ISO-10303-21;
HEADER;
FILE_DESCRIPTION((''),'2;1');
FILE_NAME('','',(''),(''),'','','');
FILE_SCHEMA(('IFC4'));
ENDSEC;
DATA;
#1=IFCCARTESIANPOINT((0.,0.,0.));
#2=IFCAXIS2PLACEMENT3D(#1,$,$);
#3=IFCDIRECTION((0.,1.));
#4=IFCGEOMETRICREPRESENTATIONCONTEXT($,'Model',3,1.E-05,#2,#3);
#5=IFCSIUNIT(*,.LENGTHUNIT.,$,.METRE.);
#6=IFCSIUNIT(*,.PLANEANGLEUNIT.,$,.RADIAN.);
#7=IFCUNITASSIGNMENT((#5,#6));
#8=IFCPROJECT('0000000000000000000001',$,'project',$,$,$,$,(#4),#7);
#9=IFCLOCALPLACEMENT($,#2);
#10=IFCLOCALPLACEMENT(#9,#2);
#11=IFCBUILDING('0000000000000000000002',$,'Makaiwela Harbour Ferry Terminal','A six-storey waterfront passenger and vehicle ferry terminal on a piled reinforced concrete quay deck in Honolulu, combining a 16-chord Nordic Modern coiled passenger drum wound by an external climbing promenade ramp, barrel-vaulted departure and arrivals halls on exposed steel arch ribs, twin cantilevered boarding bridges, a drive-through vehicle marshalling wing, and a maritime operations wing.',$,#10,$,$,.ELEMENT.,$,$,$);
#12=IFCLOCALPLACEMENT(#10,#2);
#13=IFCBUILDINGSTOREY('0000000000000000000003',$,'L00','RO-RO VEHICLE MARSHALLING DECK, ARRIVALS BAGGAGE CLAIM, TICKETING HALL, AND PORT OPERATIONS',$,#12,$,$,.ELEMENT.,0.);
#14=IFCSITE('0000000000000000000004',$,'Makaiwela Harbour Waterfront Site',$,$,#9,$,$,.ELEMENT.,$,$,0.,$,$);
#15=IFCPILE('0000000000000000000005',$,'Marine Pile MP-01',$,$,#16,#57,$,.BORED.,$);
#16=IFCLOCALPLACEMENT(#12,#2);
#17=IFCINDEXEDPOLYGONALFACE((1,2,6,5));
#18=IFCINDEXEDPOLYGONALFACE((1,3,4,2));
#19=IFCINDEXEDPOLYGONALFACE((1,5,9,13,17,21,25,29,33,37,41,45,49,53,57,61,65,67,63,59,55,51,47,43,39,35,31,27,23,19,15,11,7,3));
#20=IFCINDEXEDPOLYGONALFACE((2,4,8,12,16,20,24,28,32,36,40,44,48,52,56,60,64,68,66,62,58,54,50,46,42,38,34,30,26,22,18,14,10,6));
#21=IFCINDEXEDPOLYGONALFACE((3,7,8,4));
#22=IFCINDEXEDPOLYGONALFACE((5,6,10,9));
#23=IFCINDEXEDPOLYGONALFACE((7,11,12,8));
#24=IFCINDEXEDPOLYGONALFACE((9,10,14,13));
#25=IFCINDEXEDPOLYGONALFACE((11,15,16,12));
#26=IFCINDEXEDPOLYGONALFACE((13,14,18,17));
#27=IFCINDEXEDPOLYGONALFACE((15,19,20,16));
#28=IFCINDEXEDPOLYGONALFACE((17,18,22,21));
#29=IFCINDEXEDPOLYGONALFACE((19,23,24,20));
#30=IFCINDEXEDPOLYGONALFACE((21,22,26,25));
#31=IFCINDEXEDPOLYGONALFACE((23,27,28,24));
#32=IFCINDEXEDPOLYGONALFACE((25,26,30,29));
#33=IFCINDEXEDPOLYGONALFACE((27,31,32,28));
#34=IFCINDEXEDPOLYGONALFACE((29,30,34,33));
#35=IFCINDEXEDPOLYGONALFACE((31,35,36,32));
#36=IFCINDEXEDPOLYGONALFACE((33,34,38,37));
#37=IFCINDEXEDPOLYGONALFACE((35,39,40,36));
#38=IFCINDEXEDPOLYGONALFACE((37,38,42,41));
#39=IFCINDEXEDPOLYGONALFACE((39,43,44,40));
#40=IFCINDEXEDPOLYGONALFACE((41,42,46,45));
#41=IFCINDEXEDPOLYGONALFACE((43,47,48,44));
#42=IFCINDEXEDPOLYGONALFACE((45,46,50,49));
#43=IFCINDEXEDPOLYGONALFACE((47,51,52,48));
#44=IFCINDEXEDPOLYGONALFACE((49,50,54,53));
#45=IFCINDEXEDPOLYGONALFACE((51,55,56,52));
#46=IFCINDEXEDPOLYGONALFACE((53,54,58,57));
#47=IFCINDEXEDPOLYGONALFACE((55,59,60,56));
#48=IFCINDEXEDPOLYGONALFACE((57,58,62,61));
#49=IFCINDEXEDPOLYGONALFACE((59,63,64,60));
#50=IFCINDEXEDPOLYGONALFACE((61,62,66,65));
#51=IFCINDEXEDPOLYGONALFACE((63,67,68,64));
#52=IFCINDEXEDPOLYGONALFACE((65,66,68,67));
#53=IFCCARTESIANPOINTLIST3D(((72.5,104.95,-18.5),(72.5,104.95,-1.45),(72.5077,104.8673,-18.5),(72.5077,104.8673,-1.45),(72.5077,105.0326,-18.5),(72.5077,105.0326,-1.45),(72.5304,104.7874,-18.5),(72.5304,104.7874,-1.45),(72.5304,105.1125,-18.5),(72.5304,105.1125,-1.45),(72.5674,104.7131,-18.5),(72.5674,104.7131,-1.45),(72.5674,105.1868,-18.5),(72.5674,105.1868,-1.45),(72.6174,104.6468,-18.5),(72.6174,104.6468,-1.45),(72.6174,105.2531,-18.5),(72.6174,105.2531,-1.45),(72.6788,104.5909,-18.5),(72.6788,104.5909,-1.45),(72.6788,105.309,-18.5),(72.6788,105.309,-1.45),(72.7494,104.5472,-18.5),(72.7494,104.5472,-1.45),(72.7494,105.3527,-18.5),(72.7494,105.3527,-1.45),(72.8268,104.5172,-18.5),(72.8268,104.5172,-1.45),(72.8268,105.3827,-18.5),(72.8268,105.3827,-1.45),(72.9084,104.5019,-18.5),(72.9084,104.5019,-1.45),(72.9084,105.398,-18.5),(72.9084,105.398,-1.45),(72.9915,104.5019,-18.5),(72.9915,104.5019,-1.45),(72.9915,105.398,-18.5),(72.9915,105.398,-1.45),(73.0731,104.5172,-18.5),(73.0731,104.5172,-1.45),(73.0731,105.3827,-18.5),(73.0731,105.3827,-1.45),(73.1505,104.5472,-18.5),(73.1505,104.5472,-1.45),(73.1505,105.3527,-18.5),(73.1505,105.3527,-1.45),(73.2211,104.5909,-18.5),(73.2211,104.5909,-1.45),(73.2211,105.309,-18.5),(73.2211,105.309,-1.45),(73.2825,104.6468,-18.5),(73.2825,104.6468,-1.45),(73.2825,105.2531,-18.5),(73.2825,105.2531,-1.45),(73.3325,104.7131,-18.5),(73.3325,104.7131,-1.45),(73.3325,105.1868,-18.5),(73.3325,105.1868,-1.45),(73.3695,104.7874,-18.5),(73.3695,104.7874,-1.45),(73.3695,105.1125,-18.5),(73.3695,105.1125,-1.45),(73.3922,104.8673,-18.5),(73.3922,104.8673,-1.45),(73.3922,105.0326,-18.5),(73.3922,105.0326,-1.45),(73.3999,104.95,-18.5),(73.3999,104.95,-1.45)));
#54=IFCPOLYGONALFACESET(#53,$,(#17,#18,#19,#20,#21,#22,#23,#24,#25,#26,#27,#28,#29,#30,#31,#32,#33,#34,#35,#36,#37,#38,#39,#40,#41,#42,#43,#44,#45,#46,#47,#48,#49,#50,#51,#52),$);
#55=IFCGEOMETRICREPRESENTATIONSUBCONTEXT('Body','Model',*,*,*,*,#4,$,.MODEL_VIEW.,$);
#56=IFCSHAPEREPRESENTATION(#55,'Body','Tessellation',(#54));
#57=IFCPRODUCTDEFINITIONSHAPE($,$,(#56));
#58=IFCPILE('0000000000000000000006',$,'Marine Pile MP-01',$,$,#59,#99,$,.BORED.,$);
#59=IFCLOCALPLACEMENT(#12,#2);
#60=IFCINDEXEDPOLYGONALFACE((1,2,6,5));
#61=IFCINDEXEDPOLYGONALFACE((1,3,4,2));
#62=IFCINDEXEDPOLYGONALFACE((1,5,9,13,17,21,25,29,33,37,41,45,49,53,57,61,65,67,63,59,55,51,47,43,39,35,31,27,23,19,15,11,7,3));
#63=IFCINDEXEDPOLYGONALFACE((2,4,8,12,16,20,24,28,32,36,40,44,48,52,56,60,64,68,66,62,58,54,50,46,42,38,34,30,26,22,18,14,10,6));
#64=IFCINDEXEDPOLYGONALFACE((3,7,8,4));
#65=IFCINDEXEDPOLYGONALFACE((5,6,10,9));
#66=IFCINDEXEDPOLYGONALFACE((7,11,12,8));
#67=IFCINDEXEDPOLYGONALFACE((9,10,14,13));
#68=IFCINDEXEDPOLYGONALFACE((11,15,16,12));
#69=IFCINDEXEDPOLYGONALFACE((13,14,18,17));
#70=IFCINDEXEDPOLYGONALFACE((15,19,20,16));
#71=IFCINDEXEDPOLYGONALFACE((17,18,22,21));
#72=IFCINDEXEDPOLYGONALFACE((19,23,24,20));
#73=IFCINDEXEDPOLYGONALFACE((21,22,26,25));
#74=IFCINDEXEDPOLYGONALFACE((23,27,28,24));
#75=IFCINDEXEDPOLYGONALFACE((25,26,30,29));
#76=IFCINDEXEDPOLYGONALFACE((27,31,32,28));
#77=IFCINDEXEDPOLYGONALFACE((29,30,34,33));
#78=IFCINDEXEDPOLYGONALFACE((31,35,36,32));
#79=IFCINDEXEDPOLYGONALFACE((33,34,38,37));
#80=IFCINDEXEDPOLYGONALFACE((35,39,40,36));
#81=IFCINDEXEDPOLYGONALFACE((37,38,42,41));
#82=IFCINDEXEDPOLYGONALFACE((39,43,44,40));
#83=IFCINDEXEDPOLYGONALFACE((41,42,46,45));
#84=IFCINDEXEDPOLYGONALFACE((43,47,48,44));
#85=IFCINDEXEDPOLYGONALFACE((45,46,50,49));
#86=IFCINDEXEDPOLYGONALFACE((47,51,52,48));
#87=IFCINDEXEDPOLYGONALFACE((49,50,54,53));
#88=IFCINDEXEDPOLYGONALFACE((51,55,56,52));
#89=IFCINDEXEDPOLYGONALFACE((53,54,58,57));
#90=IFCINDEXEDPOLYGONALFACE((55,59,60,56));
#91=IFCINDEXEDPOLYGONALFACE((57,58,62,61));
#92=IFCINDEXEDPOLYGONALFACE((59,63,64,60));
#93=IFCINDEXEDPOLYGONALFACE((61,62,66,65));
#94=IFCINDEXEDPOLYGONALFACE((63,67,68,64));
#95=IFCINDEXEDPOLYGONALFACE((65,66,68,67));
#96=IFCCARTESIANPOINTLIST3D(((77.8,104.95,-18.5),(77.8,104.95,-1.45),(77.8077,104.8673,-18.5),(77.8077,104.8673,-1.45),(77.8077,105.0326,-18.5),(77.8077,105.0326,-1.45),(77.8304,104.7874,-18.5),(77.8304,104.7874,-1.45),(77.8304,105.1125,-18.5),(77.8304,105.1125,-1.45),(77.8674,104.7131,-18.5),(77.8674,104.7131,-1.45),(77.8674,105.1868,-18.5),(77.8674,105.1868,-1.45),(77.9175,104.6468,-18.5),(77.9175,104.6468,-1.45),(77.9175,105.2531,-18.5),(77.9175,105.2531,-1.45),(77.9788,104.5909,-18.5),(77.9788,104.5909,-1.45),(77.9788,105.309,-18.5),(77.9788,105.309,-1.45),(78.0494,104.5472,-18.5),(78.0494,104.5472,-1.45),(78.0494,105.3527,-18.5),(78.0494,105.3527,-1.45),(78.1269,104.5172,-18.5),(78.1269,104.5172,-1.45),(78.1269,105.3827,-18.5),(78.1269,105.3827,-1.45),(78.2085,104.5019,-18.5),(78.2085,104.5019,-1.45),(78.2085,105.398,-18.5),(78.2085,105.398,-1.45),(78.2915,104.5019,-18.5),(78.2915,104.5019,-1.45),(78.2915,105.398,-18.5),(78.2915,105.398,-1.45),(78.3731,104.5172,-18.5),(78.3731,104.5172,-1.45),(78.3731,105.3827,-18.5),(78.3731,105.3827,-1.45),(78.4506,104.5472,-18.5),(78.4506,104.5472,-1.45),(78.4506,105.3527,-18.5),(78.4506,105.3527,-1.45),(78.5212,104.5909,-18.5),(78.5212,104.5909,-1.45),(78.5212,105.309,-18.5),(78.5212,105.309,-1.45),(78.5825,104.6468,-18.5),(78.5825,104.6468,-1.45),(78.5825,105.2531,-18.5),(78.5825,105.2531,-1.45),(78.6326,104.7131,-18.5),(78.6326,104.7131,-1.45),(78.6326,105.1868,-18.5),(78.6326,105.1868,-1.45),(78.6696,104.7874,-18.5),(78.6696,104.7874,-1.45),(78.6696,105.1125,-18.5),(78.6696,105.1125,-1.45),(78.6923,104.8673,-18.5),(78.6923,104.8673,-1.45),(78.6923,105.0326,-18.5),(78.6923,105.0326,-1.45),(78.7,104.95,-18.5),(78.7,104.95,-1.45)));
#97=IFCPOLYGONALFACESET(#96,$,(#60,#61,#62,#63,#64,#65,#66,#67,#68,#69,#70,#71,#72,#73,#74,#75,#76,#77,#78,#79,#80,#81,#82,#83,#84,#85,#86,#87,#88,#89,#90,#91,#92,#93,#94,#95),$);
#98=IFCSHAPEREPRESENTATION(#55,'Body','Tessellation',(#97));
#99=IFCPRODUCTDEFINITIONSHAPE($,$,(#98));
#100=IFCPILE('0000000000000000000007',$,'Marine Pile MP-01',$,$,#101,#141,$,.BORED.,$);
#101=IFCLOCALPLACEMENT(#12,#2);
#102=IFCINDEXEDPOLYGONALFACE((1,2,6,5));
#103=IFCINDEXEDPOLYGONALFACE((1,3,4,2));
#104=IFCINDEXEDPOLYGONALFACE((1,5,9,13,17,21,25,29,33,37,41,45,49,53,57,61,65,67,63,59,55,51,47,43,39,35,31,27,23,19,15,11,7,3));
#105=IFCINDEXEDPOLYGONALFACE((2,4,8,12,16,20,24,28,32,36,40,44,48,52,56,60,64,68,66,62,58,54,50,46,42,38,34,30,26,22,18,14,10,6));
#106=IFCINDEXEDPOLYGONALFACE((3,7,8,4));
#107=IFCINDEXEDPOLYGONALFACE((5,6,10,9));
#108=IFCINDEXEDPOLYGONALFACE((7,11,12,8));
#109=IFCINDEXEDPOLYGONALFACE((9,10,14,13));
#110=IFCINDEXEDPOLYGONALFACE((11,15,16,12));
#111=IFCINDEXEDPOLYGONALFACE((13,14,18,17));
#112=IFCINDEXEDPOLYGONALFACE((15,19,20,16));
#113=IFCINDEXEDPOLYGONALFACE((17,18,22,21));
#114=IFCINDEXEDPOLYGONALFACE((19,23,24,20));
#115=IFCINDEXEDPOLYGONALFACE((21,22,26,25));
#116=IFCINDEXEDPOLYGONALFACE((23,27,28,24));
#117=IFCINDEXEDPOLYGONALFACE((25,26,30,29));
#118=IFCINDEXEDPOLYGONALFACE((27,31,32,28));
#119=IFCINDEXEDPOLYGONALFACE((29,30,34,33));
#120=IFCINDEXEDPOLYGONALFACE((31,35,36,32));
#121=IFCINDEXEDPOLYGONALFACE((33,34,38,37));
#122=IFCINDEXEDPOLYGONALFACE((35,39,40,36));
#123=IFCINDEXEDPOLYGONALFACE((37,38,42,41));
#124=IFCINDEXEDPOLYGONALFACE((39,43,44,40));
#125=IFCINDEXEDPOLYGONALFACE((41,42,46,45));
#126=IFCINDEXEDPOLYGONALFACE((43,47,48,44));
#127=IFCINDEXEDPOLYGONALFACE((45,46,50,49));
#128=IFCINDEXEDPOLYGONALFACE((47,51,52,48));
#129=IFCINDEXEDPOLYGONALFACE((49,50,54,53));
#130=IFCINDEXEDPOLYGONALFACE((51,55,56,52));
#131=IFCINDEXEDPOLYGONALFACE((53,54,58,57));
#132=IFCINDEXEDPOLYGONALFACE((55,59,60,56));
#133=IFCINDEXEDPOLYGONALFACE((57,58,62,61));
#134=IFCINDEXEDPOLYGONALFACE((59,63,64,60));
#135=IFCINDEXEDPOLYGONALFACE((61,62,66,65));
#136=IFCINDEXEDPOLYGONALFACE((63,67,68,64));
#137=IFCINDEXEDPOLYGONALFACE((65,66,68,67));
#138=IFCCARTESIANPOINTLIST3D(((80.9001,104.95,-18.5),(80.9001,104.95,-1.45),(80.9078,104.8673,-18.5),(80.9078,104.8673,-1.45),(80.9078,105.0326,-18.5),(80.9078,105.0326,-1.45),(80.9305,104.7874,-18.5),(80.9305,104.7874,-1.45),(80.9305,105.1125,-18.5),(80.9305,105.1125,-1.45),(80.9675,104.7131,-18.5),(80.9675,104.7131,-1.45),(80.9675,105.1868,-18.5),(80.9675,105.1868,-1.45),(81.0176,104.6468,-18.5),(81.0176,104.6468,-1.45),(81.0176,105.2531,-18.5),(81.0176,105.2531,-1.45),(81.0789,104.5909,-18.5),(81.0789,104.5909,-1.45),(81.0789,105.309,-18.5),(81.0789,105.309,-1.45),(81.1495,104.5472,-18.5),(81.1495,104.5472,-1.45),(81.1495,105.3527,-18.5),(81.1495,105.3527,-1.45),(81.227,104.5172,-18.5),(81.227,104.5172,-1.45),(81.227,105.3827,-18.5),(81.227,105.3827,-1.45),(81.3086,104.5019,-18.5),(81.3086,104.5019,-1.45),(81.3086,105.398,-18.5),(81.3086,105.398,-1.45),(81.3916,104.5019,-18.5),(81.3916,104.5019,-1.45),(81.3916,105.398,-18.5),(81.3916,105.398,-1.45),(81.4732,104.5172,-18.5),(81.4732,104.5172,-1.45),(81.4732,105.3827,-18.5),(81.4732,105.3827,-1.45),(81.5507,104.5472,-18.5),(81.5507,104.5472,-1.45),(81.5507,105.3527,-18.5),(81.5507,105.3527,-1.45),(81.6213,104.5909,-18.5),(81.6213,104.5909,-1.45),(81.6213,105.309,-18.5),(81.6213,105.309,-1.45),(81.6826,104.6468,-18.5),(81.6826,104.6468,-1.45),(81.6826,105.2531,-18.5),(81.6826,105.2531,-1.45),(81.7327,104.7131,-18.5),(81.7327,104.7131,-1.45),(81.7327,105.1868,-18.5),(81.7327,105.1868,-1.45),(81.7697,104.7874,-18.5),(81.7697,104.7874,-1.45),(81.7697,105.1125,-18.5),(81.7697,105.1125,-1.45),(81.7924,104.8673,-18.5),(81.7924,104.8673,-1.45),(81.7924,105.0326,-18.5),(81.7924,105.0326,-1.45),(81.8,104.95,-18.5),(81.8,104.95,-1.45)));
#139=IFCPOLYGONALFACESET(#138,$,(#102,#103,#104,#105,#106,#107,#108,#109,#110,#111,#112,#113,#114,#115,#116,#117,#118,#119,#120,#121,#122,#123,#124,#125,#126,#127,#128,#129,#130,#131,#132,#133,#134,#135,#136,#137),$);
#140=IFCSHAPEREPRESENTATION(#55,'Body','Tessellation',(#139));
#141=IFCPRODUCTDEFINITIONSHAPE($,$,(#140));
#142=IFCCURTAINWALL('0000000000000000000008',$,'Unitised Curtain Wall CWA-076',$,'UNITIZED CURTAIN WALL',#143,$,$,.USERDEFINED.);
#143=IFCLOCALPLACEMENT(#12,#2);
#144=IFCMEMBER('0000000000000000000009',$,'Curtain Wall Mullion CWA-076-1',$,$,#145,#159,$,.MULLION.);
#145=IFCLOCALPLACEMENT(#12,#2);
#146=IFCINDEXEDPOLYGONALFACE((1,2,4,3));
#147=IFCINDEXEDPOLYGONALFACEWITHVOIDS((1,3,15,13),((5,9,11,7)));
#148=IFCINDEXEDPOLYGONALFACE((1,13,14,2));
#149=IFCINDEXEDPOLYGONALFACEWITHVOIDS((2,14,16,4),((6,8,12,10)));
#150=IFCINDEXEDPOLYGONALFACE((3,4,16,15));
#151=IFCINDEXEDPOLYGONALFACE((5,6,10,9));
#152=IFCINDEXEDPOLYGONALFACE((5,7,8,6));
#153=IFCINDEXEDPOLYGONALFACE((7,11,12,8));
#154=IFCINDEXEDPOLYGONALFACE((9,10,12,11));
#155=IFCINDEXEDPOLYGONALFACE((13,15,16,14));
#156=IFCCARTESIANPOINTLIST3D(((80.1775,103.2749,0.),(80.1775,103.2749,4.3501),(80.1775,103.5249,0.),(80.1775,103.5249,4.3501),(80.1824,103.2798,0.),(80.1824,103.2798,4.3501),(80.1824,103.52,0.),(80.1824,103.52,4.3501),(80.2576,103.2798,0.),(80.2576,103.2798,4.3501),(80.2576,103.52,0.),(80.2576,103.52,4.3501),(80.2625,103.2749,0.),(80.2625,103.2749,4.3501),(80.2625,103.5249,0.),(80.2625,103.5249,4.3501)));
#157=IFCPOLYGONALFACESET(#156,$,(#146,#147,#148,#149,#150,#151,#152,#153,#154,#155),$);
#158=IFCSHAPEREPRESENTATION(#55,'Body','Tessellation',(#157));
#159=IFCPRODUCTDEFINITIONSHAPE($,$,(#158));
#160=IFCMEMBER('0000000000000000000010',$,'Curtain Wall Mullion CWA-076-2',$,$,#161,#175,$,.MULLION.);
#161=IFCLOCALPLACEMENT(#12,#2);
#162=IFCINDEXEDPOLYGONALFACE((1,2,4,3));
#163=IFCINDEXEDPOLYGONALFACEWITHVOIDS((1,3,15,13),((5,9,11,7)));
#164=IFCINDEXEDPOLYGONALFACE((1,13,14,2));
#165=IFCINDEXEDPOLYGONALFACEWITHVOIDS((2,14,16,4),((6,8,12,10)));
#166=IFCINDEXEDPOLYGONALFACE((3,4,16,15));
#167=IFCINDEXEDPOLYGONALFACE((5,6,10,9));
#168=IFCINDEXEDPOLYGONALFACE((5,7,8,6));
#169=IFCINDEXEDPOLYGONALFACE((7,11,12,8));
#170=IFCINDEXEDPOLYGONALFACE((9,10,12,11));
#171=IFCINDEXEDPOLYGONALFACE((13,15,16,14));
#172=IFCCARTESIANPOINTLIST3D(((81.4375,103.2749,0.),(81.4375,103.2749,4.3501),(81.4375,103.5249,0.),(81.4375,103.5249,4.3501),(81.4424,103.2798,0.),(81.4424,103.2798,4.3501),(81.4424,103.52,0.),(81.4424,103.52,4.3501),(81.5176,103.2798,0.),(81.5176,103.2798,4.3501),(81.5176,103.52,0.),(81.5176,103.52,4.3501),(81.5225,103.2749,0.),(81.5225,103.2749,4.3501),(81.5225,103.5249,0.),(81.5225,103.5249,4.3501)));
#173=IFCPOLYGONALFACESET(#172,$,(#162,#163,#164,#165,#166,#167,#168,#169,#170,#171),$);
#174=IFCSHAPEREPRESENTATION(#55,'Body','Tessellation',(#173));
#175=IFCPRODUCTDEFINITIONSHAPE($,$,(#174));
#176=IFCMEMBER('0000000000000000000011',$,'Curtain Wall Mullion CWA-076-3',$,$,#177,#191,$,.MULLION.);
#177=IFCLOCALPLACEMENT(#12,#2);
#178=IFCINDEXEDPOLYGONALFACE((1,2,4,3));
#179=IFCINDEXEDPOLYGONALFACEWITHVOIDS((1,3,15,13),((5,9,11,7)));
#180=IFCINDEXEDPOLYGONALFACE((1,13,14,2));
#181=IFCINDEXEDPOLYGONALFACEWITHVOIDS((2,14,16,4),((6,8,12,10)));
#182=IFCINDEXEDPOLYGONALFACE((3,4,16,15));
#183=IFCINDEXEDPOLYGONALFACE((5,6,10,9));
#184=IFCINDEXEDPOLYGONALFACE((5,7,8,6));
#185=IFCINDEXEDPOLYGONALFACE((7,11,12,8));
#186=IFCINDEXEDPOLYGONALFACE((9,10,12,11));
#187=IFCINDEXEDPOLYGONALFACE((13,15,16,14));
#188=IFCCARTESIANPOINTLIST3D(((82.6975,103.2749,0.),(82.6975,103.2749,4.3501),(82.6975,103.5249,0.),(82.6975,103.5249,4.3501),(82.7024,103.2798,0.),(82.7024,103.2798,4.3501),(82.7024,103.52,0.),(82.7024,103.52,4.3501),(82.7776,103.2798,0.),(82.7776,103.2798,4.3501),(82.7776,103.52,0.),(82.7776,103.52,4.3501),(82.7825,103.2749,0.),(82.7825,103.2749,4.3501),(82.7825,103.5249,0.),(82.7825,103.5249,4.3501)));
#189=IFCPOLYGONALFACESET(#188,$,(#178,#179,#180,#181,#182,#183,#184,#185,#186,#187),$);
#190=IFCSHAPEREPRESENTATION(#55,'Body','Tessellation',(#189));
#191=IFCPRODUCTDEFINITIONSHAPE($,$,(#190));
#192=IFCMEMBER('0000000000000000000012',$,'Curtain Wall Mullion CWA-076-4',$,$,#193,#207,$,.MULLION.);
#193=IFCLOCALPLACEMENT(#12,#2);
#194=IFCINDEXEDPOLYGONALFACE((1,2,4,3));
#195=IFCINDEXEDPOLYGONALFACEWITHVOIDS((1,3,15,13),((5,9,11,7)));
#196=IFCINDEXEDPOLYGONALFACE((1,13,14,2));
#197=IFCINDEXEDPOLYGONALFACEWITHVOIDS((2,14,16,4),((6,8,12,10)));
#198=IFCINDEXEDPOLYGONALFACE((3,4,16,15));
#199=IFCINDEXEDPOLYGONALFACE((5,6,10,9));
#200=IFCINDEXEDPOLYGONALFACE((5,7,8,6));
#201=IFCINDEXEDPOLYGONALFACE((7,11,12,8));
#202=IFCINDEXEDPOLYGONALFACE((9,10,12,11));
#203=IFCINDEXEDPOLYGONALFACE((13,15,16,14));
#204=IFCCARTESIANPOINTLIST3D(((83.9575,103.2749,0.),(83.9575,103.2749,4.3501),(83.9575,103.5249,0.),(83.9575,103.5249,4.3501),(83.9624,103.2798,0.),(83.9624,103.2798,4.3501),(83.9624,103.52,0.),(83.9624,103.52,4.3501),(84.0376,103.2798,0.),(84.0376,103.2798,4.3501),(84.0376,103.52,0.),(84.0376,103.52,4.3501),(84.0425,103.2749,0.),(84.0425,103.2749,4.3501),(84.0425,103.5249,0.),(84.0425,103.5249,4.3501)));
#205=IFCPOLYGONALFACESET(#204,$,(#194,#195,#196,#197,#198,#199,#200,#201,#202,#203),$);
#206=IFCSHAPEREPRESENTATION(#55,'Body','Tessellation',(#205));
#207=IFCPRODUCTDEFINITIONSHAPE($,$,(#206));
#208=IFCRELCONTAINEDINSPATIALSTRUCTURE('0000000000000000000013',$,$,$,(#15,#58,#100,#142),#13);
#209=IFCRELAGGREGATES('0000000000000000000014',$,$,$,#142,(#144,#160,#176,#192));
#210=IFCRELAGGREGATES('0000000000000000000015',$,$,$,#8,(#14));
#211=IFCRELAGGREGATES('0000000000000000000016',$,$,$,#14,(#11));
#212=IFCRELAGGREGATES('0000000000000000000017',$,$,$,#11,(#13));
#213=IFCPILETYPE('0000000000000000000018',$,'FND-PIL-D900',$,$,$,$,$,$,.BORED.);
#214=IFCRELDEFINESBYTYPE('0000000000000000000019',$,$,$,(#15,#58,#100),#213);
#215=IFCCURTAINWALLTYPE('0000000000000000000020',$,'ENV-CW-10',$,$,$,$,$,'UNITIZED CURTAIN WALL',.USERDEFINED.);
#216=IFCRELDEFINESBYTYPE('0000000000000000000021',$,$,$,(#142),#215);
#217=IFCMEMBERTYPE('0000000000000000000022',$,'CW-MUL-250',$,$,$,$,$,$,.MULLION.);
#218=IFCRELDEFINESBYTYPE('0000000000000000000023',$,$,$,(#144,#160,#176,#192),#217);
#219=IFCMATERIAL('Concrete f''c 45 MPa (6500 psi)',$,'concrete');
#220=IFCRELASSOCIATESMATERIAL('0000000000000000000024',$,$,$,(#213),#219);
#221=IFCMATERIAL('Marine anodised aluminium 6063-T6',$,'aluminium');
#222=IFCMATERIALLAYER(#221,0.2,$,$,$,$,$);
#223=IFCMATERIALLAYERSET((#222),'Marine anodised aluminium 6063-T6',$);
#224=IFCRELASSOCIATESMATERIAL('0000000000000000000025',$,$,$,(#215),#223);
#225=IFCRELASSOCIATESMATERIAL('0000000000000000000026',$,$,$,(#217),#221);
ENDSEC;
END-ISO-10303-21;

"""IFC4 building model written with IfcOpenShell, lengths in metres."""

from ifc_helpers import new_model, si_unit, direction, frame, origin, origin_2d, place, context, subcontext, project, spatial, hollow_rectangle, circle, extrude, material, layer, layer_set, material_profile, profile_set, type_object, element, aggregate, save


model = new_model("IFC4")

# Units and contexts
model_context = context("Model", 3, precision=1e-05, world=origin(), true_north=direction((0.0, 1.0)))
body_context = subcontext(model_context, "Body", "Model", "MODEL_VIEW")
ifc_project = project(units=[si_unit("LENGTHUNIT", "METRE"), si_unit("PLANEANGLEUNIT", "RADIAN")], contexts=[model_context])

# Site, building, storey
site_placement = place(None, origin())
site = spatial("IfcSite", under=ifc_project, at=site_placement, Name="Makaiwela Harbour Waterfront Site", CompositionType="ELEMENT", RefElevation=0.0)
building_placement = place(site_placement, origin())
building = spatial("IfcBuilding", under=site, at=building_placement, Name="Makaiwela Harbour Ferry Terminal", Description="A six-storey waterfront passenger and vehicle ferry terminal on a piled reinforced concrete quay deck in Honolulu, combining a 16-chord Nordic Modern coiled passenger drum wound by an external climbing promenade ramp, barrel-vaulted departure and arrivals halls on exposed steel arch ribs, twin cantilevered boarding bridges, a drive-through vehicle marshalling wing, and a maritime operations wing.", CompositionType="ELEMENT")
storey_placement = place(building_placement, origin())
storey = spatial("IfcBuildingStorey", under=building, at=storey_placement, Name="L00", Description="RO-RO VEHICLE MARSHALLING DECK, ARRIVALS BAGGAGE CLAIM, TICKETING HALL, AND PORT OPERATIONS", CompositionType="ELEMENT", Elevation=0.0)

# Piles
ifc_material_1 = material(Name="Concrete f'c 45 MPa (6500 psi)", Category="concrete")
ifc_material_profile_1 = material_profile(ifc_material_1, circle(Radius=0.45, at=origin_2d()), Name="PILE-D900")
ifc_profile_set_1 = profile_set([ifc_material_profile_1], Name="Concrete f'c 45 MPa (6500 psi)")
pile_type = type_object("IfcPileType", Name="FND-PIL-D900", PredefinedType="BORED", material=ifc_profile_set_1)
for number, where, z_axis, x_axis, name in (
    (1, (72.95, 104.95, -1.45), (0.0, 0.0, -1.0), (1.0, 0.0, 0.0), "Marine Pile MP-01"),
    (2, (78.25, 104.95, -1.45), (0.0, 0.0, -1.0), (1.0, 0.0, 0.0), "Marine Pile MP-01"),
    (3, (81.3501, 104.95, -1.45), (0.0, 0.0, -1.0), (1.0, 0.0, 0.0), "Marine Pile MP-01"),
):
    element("IfcPile", number, at=place(storey_placement, frame(where, z_axis=z_axis, x_axis=x_axis)), inside=storey, type_object=pile_type, Name=name, PredefinedType="BORED", context=body_context, shape_type="SweptSolid", body=[
        extrude(circle(Radius=0.45, at=origin_2d()), origin(), (0.0, 0.0, 1.0), 17.05),
    ])

# Curtain wall, members
ifc_material_2 = material(Name="Marine anodised aluminium 6063-T6", Category="aluminium")
ifc_layer_1 = layer(ifc_material_2, 0.2)
ifc_layer_set_1 = layer_set([ifc_layer_1], Name="Marine anodised aluminium 6063-T6")
curtain_wall_type = type_object("IfcCurtainWallType", Name="ENV-CW-10", ElementType="UNITIZED CURTAIN WALL", PredefinedType="USERDEFINED", material=ifc_layer_set_1)
curtain_wall_placement = place(storey_placement, origin())
curtain_wall = element("IfcCurtainWall", 4, at=curtain_wall_placement, inside=storey, type_object=curtain_wall_type, Name="Unitised Curtain Wall CWA-076", ObjectType="UNITIZED CURTAIN WALL", PredefinedType="USERDEFINED")
ifc_material_profile_2 = material_profile(ifc_material_2, hollow_rectangle(XDim=0.085, YDim=0.25, WallThickness=0.0049, at=origin_2d()), Name="CWM-250X85")
ifc_profile_set_2 = profile_set([ifc_material_profile_2], Name="Marine anodised aluminium 6063-T6")
member_type_1 = type_object("IfcMemberType", Name="CW-MUL-250", PredefinedType="MULLION", material=ifc_profile_set_2)
member_1_placement = place(storey_placement, frame((80.22, 103.3999, 0.0), z_axis=(0.0, 0.0, 1.0), x_axis=(1.0, 0.0, 0.0)))
member_1 = element("IfcMember", 5, at=member_1_placement, type_object=member_type_1, Name="Curtain Wall Mullion CWA-076-1", PredefinedType="MULLION", context=body_context, shape_type="SweptSolid", body=[
    extrude(hollow_rectangle(XDim=0.085, YDim=0.25, WallThickness=0.0049, at=origin_2d()), origin(), (0.0, 0.0, 1.0), 4.3501),
])
member_2_placement = place(storey_placement, frame((81.48, 103.3999, 0.0), z_axis=(0.0, 0.0, 1.0), x_axis=(1.0, 0.0, 0.0)))
member_2 = element("IfcMember", 6, at=member_2_placement, type_object=member_type_1, Name="Curtain Wall Mullion CWA-076-2", PredefinedType="MULLION", context=body_context, shape_type="SweptSolid", body=[
    extrude(hollow_rectangle(XDim=0.085, YDim=0.25, WallThickness=0.0049, at=origin_2d()), origin(), (0.0, 0.0, 1.0), 4.3501),
])
member_3_placement = place(storey_placement, frame((82.74, 103.3999, 0.0), z_axis=(0.0, 0.0, 1.0), x_axis=(1.0, 0.0, 0.0)))
member_3 = element("IfcMember", 7, at=member_3_placement, type_object=member_type_1, Name="Curtain Wall Mullion CWA-076-3", PredefinedType="MULLION", context=body_context, shape_type="SweptSolid", body=[
    extrude(hollow_rectangle(XDim=0.085, YDim=0.25, WallThickness=0.0049, at=origin_2d()), origin(), (0.0, 0.0, 1.0), 4.3501),
])
member_4_placement = place(storey_placement, frame((84.0, 103.3999, 0.0), z_axis=(0.0, 0.0, 1.0), x_axis=(1.0, 0.0, 0.0)))
member_4 = element("IfcMember", 8, at=member_4_placement, type_object=member_type_1, Name="Curtain Wall Mullion CWA-076-4", PredefinedType="MULLION", context=body_context, shape_type="SweptSolid", body=[
    extrude(hollow_rectangle(XDim=0.085, YDim=0.25, WallThickness=0.0049, at=origin_2d()), origin(), (0.0, 0.0, 1.0), 4.3501),
])
aggregate(curtain_wall, [member_1, member_2, member_3, member_4])

save(model, "model.ifc")
